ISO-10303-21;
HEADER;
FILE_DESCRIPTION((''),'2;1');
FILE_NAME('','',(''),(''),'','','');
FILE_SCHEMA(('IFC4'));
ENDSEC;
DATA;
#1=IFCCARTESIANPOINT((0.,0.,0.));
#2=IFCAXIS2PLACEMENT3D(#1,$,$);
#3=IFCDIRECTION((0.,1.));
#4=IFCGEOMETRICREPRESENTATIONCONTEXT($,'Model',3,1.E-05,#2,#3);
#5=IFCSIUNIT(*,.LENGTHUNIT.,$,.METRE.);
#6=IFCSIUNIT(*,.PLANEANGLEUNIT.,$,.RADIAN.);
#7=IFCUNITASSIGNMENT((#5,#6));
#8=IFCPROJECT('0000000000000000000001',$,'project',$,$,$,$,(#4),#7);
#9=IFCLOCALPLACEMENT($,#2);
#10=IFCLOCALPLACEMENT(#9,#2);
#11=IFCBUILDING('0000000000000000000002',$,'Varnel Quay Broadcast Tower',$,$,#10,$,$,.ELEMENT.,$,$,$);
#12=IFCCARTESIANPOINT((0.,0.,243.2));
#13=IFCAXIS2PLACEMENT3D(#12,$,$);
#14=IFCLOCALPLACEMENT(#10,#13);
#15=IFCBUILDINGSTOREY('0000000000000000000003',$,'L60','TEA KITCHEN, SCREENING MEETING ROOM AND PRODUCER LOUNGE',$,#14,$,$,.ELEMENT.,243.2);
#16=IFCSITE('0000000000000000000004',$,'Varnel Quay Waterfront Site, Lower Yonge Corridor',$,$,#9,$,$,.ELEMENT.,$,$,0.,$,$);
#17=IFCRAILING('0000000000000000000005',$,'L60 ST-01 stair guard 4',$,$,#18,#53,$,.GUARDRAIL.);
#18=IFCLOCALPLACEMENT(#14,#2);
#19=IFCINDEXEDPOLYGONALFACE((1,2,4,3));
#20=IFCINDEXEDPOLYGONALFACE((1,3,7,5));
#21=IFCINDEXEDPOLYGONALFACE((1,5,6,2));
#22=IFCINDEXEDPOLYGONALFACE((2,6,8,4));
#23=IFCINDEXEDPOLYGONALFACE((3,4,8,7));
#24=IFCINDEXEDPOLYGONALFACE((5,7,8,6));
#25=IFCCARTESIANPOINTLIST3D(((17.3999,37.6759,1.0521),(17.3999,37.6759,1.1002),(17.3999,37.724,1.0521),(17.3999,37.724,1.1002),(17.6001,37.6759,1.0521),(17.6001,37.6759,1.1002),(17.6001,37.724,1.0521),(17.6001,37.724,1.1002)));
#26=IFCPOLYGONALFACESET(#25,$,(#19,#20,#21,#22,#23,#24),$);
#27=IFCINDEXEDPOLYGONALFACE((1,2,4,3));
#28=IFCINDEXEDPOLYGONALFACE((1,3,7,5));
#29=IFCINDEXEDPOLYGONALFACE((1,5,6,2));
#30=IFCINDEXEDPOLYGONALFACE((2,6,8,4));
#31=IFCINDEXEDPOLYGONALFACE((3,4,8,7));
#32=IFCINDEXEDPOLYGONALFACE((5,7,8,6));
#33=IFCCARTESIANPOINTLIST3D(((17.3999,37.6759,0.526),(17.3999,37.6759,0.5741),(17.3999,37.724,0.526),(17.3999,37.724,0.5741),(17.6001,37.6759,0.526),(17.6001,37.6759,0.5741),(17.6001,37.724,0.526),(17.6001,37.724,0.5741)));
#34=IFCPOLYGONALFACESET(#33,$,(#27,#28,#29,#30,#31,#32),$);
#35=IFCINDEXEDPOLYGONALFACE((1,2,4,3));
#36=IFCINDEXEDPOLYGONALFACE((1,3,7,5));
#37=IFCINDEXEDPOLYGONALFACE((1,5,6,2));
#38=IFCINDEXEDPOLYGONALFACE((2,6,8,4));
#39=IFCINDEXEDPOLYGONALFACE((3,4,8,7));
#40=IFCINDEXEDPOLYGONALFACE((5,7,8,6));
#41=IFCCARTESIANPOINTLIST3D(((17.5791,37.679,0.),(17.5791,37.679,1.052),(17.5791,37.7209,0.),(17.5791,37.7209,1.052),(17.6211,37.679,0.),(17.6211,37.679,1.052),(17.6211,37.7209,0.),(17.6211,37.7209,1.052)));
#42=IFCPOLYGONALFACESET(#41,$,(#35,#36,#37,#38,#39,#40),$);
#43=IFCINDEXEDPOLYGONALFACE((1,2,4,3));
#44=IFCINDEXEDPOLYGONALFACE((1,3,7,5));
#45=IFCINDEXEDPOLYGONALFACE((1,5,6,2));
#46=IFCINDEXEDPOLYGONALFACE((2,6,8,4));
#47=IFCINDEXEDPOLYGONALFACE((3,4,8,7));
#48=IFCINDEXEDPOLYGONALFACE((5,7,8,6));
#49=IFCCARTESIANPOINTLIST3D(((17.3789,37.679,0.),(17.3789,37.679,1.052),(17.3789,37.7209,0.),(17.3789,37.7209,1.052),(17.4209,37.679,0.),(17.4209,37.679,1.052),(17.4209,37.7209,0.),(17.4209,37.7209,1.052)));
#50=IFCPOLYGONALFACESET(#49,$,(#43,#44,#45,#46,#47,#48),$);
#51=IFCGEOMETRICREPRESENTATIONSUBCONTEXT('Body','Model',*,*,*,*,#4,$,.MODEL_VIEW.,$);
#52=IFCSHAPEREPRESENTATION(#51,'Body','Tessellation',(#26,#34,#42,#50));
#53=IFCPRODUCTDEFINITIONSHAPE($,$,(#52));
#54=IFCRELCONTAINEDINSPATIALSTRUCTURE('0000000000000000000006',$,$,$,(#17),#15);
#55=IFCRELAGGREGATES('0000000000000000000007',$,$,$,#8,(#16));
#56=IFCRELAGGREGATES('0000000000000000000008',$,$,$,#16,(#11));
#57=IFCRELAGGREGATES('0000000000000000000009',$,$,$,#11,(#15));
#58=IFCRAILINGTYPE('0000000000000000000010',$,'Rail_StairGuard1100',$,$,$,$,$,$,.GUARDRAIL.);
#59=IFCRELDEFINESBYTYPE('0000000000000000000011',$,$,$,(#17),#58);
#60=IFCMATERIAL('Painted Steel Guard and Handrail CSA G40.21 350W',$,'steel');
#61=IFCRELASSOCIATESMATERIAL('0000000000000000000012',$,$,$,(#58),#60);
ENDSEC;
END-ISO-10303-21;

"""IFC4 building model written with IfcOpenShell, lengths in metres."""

from ifc_helpers import new_model, si_unit, direction, frame, origin, origin_2d, place, context, subcontext, project, spatial, rectangle, extrude, material, type_object, element, save


model = new_model("IFC4")

# Units and contexts
model_context = context("Model", 3, precision=1e-05, world=origin(), true_north=direction((0.0, 1.0)))
body_context = subcontext(model_context, "Body", "Model", "MODEL_VIEW")
ifc_project = project(units=[si_unit("LENGTHUNIT", "METRE"), si_unit("PLANEANGLEUNIT", "RADIAN")], contexts=[model_context])

# Site, building, storey
site_placement = place(None, origin())
site = spatial("IfcSite", under=ifc_project, at=site_placement, Name="Varnel Quay Waterfront Site, Lower Yonge Corridor", CompositionType="ELEMENT", RefElevation=0.0)
building_placement = place(site_placement, origin())
building = spatial("IfcBuilding", under=site, at=building_placement, Name="Varnel Quay Broadcast Tower", CompositionType="ELEMENT")
storey_placement = place(building_placement, frame((0.0, 0.0, 243.2)))
storey = spatial("IfcBuildingStorey", under=building, at=storey_placement, Name="L60", Description="TEA KITCHEN, SCREENING MEETING ROOM AND PRODUCER LOUNGE", CompositionType="ELEMENT", Elevation=243.2)

# Railing
ifc_material_1 = material(Name="Painted Steel Guard and Handrail CSA G40.21 350W", Category="steel")
railing_type = type_object("IfcRailingType", Name="Rail_StairGuard1100", PredefinedType="GUARDRAIL", material=ifc_material_1)
railing_placement = place(storey_placement, frame((17.6001, 37.7, 0.0)))
element("IfcRailing", 1, at=railing_placement, inside=storey, type_object=railing_type, Name="L60 ST-01 stair guard 4", PredefinedType="GUARDRAIL", context=body_context, shape_type="SweptSolid", body=[
    extrude(rectangle(XDim=0.0481, YDim=0.0481, at=origin_2d()), frame((0.0, 0.0, 1.0762), z_axis=(-1.0, 0.0, 0.0), x_axis=(0.0, -1.0, 0.0)), (0.0, 0.0, 1.0), 0.2002),
    extrude(rectangle(XDim=0.0481, YDim=0.0481, at=origin_2d()), frame((0.0, 0.0, 0.55), z_axis=(-1.0, 0.0, 0.0), x_axis=(0.0, -1.0, 0.0)), (0.0, 0.0, 1.0), 0.2002),
    extrude(rectangle(XDim=0.042, YDim=0.042, at=origin_2d()), origin(), (0.0, 0.0, 1.0), 1.052),
    extrude(rectangle(XDim=0.042, YDim=0.042, at=origin_2d()), frame((-0.2002, 0.0, 0.0)), (0.0, 0.0, 1.0), 1.052),
])

save(model, "model.ifc")
